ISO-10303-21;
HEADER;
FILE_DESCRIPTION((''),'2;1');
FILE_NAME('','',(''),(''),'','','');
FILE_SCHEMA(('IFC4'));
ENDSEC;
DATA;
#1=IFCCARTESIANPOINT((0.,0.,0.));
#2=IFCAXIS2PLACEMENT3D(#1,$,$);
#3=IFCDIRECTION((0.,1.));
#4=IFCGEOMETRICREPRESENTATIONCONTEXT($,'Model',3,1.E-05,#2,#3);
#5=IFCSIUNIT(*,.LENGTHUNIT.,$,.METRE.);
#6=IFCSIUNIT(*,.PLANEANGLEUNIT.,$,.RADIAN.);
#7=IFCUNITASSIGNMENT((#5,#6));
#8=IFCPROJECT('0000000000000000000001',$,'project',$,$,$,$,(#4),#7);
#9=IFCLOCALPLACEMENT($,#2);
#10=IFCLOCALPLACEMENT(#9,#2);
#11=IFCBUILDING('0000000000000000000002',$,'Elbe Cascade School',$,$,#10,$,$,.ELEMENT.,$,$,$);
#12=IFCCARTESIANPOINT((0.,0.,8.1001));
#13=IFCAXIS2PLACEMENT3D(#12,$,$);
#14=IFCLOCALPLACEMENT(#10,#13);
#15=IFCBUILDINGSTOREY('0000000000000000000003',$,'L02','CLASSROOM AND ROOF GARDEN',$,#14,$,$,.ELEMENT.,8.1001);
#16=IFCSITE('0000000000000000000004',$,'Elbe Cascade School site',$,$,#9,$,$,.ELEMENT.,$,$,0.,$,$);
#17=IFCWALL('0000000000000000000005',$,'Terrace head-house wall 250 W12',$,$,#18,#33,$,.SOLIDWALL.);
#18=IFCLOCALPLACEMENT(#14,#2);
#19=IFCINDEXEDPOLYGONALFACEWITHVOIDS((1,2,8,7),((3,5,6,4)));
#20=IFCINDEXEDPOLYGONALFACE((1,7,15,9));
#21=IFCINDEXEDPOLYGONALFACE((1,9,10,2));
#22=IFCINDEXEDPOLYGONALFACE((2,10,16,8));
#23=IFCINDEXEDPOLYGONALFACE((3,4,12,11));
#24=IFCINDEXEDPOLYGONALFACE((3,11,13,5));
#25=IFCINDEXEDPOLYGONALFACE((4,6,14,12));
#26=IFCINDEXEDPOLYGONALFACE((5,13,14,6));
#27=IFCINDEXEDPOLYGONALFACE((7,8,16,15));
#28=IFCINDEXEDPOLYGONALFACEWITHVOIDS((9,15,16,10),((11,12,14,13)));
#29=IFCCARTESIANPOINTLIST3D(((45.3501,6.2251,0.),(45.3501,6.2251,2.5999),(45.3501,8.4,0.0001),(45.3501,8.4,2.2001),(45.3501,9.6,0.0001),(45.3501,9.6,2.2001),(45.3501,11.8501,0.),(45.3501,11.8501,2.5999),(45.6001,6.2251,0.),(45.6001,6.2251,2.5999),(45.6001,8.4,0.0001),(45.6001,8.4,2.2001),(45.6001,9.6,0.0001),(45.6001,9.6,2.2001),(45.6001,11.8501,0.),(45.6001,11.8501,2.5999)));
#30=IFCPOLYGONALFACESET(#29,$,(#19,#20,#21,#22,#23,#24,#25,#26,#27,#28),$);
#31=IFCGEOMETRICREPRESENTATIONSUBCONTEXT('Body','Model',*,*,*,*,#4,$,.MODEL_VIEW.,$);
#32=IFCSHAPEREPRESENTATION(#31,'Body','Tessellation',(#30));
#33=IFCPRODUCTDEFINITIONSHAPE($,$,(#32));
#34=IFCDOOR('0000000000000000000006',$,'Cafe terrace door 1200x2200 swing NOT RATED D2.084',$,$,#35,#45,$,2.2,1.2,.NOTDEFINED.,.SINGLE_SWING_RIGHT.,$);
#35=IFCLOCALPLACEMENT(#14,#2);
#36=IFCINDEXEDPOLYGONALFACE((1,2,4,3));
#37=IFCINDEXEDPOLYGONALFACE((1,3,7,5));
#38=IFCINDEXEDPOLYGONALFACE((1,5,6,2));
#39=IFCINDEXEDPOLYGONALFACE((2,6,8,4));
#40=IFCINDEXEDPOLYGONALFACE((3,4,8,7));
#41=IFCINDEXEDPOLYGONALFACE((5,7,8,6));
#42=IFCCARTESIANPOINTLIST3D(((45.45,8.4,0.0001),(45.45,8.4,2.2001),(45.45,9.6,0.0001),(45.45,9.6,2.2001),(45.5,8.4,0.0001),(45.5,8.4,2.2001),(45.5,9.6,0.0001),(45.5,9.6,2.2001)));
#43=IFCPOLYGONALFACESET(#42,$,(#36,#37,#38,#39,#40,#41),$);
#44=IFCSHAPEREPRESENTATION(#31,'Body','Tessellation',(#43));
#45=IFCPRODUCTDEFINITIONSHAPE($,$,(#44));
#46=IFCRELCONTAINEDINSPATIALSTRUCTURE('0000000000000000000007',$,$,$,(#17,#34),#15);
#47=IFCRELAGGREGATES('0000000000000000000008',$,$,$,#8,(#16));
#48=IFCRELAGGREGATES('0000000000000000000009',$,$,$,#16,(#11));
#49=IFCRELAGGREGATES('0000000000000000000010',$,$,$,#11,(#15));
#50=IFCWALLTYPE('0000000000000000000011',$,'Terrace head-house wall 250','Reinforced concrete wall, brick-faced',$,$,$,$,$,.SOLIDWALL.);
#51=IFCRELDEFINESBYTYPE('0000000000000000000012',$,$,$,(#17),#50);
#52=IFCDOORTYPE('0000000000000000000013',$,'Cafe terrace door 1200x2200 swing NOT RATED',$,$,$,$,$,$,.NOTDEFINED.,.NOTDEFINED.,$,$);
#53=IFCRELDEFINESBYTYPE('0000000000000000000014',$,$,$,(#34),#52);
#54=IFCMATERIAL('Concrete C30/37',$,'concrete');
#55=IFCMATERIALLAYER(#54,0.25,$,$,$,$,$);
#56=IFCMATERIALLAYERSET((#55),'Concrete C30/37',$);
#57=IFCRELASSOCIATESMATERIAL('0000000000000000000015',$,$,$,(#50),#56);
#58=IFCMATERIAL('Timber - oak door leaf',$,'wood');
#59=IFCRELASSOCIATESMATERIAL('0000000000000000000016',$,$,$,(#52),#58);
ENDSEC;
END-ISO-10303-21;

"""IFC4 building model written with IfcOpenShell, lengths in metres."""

from ifc_helpers import new_model, si_unit, direction, frame, frame_2d, origin, place, context, subcontext, project, spatial, rectangle, extrude, material, layer, layer_set, type_object, element, fill, save


model = new_model("IFC4")

# Units and contexts
model_context = context("Model", 3, precision=1e-05, world=origin(), true_north=direction((0.0, 1.0)))
body_context = subcontext(model_context, "Body", "Model", "MODEL_VIEW")
ifc_project = project(units=[si_unit("LENGTHUNIT", "METRE"), si_unit("PLANEANGLEUNIT", "RADIAN")], contexts=[model_context])

# Site, building, storey
site_placement = place(None, origin())
site = spatial("IfcSite", under=ifc_project, at=site_placement, Name="Elbe Cascade School site", CompositionType="ELEMENT", RefElevation=0.0)
building_placement = place(site_placement, origin())
building = spatial("IfcBuilding", under=site, at=building_placement, Name="Elbe Cascade School", CompositionType="ELEMENT")
storey_placement = place(building_placement, frame((0.0, 0.0, 8.1001)))
storey = spatial("IfcBuildingStorey", under=building, at=storey_placement, Name="L02", Description="CLASSROOM AND ROOF GARDEN", CompositionType="ELEMENT", Elevation=8.1001)

# Shared definitions
ifc_material_1 = material(Name="Concrete C30/37", Category="concrete")
ifc_layer_1 = layer(ifc_material_1, 0.25)
ifc_layer_set_1 = layer_set([ifc_layer_1], Name="Concrete C30/37")
wall_type_1 = type_object("IfcWallType", Name="Terrace head-house wall 250", Description="Reinforced concrete wall, brick-faced", PredefinedType="SOLIDWALL", material=ifc_layer_set_1)

# Wall, opening, door
wall_1_placement = place(storey_placement, frame((45.4751, 11.8501, 0.0), z_axis=(0.0, 0.0, 1.0), x_axis=(0.0, -1.0, 0.0)))
wall_1 = element("IfcWall", 1, at=wall_1_placement, inside=storey, type_object=wall_type_1, Name="Terrace head-house wall 250 W12", PredefinedType="SOLIDWALL", context=body_context, shape_type="SweptSolid", body=[
    extrude(rectangle(XDim=5.625, YDim=0.25, at=frame_2d((2.8125, 0.0))), origin(), (0.0, 0.0, 1.0), 2.5999),
])
opening_1_placement = place(wall_1_placement, frame((2.25, 0.0, 0.0)))
opening_1 = element("IfcOpeningElement", 2, at=opening_1_placement, cuts=wall_1, PredefinedType="OPENING", context=body_context, shape_type="SweptSolid", body=[
    extrude(rectangle(XDim=1.2, YDim=2.2, at=frame_2d((0.6001, 1.1001))), frame((0.0, 0.135, 0.0), z_axis=(0.0, -1.0, 0.0), x_axis=(1.0, 0.0, 0.0)), (0.0, 0.0, 1.0), 0.27),
])
ifc_material_2 = material(Name="Timber - oak door leaf", Category="wood")
door_type_1 = type_object("IfcDoorType", Name="Cafe terrace door 1200x2200 swing NOT RATED", OperationType="NOTDEFINED", PredefinedType="NOTDEFINED", material=ifc_material_2)
door_1_placement = place(opening_1_placement, origin())
door_1 = element("IfcDoor", 3, at=door_1_placement, inside=storey, type_object=door_type_1, Name="Cafe terrace door 1200x2200 swing NOT RATED D2.084", OperationType="SINGLE_SWING_RIGHT", OverallHeight=2.2, OverallWidth=1.2, PredefinedType="NOTDEFINED", context=body_context, shape_type="SweptSolid", body=[
    extrude(rectangle(XDim=1.2, YDim=2.2, at=frame_2d((0.6001, 1.1001))), frame((0.0, 0.0249, 0.0), z_axis=(0.0, -1.0, 0.0), x_axis=(1.0, 0.0, 0.0)), (0.0, 0.0, 1.0), 0.05),
])
fill(opening_1, door_1)

save(model, "model.ifc")
